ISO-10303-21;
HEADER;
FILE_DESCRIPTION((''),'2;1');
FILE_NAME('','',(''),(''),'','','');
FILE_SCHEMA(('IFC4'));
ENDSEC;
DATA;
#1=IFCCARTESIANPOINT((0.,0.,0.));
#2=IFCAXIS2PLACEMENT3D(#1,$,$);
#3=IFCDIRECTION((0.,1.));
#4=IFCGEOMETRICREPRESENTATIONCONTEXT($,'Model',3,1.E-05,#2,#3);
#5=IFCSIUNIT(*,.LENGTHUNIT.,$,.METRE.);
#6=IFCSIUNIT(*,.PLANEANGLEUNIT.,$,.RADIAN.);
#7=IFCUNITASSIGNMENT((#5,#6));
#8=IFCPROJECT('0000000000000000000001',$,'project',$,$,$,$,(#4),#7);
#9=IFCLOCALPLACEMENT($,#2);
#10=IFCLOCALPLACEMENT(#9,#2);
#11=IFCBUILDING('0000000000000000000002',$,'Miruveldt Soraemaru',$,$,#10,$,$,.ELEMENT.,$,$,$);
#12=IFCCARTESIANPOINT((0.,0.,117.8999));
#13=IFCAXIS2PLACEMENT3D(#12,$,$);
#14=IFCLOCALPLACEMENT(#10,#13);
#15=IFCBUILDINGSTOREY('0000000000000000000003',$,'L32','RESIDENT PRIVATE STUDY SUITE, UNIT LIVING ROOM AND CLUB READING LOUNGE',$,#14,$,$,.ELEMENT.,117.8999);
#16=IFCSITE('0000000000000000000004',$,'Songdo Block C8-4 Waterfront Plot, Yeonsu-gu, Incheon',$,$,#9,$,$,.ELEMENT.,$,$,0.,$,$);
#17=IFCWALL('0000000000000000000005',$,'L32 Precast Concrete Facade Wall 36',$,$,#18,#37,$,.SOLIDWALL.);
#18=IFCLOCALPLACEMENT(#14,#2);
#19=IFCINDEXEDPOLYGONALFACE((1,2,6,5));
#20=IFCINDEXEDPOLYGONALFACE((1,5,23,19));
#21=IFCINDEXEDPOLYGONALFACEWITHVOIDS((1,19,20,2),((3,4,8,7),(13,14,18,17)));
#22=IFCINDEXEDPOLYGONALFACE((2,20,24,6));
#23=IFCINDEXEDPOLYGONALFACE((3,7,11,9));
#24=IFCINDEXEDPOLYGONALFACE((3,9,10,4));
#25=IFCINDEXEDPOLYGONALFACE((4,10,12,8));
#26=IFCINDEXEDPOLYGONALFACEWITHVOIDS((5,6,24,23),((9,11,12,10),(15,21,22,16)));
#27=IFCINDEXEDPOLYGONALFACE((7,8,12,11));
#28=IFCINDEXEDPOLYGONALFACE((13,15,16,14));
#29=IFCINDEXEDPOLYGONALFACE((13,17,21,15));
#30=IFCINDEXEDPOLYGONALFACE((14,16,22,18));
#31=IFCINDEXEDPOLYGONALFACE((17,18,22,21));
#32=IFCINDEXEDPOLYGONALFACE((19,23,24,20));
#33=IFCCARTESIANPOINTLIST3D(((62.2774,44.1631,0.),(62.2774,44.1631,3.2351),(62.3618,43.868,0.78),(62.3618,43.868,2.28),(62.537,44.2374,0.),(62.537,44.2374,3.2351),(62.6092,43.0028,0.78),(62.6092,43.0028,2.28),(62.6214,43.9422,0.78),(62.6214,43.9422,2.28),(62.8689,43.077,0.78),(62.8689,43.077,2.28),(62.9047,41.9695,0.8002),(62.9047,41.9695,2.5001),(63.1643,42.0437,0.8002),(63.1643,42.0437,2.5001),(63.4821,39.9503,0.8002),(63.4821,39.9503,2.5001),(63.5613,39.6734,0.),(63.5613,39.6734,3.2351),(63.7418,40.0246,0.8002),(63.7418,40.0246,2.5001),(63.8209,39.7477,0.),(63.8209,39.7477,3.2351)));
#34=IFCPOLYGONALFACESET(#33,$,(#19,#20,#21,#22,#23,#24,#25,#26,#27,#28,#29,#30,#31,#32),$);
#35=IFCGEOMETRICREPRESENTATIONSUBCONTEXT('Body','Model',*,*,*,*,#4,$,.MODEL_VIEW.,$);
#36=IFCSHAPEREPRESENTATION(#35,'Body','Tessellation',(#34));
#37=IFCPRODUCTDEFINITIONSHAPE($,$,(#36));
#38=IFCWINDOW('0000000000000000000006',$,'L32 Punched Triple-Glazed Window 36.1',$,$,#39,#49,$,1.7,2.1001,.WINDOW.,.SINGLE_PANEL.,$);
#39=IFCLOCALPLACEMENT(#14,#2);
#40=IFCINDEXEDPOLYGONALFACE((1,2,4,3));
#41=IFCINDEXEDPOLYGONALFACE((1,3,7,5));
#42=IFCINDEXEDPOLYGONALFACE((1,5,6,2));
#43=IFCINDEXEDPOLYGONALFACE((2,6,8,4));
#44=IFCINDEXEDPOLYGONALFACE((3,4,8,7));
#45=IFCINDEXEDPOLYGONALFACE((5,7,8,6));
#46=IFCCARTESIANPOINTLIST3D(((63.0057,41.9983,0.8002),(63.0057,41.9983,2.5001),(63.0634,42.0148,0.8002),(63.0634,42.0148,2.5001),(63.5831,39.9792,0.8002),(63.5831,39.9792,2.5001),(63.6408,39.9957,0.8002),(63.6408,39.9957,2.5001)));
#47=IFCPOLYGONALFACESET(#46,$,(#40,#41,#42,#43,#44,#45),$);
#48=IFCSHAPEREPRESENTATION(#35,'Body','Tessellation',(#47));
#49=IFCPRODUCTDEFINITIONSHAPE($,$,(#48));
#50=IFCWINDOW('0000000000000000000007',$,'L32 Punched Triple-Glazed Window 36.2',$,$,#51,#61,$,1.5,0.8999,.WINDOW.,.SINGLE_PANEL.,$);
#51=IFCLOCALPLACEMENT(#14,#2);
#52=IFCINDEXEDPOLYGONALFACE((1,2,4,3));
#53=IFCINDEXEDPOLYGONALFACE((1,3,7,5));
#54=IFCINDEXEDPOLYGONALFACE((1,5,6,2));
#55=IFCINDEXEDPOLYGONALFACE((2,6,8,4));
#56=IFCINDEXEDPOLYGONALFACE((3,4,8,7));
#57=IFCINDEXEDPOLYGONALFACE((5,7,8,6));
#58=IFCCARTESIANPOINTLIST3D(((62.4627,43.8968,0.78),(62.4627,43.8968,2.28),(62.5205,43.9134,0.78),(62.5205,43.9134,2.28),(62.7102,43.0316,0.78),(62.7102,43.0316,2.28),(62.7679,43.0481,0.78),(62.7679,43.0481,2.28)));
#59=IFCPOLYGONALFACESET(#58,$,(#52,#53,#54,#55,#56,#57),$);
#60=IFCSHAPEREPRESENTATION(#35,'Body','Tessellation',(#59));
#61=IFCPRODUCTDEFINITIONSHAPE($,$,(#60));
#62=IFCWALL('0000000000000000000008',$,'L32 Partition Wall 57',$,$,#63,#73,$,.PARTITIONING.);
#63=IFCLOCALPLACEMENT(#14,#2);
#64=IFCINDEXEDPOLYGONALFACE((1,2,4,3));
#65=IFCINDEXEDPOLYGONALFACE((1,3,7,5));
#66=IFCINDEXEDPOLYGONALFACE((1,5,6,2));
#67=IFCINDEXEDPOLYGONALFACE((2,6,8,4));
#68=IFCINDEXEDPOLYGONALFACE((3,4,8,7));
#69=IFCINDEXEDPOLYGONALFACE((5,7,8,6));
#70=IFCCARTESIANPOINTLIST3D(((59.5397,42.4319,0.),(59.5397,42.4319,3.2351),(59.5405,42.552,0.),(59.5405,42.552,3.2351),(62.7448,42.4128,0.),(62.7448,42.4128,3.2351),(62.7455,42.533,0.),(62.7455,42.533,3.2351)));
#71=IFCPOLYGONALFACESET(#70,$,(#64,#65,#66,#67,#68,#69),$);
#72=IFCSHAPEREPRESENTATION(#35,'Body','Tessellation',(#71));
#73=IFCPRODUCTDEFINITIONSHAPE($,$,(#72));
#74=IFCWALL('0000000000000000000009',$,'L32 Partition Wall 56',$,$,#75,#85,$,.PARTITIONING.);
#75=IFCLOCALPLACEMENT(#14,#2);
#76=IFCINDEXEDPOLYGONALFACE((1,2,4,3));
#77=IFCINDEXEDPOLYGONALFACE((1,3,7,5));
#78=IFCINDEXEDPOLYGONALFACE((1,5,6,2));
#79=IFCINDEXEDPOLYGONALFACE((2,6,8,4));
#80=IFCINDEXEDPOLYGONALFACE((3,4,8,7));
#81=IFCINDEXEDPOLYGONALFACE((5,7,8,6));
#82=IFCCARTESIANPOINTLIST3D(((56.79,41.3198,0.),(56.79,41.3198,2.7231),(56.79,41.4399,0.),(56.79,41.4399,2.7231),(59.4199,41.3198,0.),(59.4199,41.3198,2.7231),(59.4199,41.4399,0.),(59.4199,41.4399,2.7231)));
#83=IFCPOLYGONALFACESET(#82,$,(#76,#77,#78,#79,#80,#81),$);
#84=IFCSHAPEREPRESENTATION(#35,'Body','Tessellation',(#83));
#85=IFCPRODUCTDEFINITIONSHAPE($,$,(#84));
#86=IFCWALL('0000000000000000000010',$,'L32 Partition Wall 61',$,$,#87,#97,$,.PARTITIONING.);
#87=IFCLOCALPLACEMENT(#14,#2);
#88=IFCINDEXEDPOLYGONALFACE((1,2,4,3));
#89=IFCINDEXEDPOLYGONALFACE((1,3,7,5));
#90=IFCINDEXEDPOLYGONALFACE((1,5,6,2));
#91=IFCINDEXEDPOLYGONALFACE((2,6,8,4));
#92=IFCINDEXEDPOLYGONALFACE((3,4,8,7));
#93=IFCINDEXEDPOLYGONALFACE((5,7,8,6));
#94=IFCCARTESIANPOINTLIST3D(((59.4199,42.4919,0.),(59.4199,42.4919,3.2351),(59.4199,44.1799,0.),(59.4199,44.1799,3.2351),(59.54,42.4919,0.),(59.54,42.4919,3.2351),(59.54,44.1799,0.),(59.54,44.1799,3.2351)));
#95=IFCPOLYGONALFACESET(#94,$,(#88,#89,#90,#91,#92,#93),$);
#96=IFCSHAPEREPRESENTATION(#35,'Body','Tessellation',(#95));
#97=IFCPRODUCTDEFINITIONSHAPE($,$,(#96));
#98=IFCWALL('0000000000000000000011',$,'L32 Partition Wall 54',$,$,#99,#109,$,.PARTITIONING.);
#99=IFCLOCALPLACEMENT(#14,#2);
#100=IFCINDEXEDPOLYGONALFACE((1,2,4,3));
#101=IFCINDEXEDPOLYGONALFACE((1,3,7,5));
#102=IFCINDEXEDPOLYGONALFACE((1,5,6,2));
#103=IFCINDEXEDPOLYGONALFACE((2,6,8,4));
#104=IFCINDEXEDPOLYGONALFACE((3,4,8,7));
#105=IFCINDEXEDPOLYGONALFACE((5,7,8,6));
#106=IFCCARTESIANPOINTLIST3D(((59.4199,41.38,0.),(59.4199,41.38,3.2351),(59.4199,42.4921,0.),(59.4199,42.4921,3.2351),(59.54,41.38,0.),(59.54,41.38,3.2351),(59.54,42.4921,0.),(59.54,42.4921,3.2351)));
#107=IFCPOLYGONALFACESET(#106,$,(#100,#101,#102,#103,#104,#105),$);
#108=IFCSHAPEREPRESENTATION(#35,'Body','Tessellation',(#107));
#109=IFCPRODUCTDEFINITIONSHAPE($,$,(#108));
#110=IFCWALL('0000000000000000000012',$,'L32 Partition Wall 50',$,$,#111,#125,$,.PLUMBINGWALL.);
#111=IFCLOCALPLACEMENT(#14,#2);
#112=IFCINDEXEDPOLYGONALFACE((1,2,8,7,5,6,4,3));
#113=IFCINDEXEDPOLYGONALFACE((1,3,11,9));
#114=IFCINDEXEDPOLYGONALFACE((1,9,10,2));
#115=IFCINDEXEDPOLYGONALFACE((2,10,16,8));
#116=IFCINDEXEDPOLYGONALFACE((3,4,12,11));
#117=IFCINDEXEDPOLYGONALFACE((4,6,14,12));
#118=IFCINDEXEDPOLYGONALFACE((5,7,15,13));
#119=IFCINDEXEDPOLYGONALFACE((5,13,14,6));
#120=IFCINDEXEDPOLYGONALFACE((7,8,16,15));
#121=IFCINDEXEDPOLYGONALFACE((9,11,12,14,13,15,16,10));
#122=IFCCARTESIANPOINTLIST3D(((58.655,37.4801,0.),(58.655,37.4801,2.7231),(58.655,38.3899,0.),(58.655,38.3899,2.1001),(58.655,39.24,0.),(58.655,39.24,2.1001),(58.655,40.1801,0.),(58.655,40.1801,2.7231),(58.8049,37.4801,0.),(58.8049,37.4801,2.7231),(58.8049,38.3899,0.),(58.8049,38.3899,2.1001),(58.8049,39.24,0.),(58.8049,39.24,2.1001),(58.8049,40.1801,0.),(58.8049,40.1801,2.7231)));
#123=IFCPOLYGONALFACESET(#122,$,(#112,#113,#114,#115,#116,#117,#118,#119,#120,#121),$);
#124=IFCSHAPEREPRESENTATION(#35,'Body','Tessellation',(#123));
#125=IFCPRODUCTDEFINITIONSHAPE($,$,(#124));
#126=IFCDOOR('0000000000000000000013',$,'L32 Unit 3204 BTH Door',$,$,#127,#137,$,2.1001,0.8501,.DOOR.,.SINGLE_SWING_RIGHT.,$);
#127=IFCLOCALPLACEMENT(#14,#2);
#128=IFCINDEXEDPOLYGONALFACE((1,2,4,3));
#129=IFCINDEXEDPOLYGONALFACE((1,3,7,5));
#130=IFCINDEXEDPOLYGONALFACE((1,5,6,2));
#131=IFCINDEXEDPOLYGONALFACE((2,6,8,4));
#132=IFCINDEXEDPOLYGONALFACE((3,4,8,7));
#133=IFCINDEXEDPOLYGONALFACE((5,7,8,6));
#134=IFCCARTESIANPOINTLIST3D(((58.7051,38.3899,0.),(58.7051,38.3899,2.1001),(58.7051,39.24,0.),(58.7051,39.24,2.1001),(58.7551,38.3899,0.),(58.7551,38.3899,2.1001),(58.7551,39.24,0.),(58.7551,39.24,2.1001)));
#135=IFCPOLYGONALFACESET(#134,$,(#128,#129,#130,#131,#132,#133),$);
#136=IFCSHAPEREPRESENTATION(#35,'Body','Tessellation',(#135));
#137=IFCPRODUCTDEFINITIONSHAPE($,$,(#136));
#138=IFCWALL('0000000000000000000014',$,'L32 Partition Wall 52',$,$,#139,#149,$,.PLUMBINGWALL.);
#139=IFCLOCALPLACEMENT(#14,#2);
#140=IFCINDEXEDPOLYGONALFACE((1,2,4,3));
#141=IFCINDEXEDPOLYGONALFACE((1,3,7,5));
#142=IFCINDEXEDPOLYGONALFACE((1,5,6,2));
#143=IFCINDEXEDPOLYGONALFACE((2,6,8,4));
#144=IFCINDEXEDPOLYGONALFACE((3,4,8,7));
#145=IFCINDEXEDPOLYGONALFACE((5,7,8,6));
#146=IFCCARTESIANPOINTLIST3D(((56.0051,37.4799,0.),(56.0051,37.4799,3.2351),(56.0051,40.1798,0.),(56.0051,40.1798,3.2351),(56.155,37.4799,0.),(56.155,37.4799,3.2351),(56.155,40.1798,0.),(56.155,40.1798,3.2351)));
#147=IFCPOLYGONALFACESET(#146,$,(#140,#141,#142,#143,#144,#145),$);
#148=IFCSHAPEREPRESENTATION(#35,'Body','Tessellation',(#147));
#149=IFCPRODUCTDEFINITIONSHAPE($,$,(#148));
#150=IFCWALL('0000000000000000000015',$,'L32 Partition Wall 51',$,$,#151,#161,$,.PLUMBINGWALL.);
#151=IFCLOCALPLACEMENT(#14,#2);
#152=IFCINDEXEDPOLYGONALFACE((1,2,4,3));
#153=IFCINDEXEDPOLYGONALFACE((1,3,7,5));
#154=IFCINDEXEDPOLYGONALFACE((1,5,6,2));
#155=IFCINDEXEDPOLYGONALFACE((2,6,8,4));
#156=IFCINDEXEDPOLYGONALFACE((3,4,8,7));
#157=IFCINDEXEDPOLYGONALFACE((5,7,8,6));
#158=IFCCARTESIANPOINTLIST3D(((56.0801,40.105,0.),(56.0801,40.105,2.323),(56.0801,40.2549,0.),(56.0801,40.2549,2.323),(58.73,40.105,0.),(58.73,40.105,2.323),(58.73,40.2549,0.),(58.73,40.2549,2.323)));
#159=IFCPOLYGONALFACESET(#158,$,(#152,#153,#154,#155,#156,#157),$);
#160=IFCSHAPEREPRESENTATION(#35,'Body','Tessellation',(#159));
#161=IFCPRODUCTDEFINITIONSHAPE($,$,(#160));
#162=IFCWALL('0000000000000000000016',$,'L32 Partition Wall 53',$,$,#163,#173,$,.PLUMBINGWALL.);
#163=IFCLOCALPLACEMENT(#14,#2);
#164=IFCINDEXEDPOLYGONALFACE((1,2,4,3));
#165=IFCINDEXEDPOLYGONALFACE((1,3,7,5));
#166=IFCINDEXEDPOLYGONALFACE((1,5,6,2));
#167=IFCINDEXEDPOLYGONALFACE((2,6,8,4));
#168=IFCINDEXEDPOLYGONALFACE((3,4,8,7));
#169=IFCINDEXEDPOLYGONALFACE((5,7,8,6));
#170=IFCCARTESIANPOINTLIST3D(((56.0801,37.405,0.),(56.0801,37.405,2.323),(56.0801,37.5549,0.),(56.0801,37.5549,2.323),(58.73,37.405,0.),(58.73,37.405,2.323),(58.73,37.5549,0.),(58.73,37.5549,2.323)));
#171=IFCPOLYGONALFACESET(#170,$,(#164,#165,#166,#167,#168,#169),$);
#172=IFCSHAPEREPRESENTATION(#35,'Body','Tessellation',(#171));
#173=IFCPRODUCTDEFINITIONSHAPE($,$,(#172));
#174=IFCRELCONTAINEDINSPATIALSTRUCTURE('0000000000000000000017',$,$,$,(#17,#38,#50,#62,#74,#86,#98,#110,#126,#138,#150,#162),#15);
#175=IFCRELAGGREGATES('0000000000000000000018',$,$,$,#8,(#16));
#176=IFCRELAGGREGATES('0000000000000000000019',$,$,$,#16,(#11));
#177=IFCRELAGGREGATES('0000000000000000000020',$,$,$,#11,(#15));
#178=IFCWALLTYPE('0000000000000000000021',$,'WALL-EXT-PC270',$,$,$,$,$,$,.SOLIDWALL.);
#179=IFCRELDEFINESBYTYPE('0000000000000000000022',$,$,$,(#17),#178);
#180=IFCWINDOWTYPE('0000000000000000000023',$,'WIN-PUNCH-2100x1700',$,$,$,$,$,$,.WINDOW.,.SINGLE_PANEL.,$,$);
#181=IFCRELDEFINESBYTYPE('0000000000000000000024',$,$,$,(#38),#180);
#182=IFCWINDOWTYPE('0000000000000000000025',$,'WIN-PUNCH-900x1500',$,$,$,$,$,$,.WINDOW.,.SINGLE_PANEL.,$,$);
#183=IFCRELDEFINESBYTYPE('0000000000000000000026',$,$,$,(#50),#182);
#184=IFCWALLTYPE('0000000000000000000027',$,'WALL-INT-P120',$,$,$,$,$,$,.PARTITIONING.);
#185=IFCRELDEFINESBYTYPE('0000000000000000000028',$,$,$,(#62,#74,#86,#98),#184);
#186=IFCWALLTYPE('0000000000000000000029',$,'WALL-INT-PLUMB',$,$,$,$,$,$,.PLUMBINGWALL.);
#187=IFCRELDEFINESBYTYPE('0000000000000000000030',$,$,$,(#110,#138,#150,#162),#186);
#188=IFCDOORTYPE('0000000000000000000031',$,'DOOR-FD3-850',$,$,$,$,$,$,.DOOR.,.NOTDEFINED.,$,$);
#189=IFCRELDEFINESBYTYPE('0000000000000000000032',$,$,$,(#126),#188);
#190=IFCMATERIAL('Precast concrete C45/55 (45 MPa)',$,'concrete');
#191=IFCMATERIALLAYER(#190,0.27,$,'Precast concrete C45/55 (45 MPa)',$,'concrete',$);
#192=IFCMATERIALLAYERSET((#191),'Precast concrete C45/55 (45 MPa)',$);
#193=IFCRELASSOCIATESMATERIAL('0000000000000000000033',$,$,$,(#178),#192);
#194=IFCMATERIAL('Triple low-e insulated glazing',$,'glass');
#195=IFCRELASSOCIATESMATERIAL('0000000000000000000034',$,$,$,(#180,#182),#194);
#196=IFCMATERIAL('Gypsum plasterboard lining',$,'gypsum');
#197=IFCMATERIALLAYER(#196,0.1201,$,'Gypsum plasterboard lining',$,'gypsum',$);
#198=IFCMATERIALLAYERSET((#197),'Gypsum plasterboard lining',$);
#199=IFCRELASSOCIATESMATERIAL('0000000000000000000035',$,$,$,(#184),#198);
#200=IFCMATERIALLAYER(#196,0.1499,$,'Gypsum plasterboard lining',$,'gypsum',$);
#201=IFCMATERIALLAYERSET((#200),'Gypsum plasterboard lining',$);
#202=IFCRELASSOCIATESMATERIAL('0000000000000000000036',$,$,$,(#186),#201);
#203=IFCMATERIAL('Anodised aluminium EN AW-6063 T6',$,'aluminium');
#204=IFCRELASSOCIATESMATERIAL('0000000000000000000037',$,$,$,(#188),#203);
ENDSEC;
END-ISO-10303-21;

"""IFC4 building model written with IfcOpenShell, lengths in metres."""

from ifc_helpers import new_model, si_unit, direction, frame, frame_2d, origin, place, context, subcontext, project, spatial, rectangle, extrude, material, layer, layer_set, type_object, element, fill, save


model = new_model("IFC4")

# Units and contexts
model_context = context("Model", 3, precision=1e-05, world=origin(), true_north=direction((0.0, 1.0)))
body_context = subcontext(model_context, "Body", "Model", "MODEL_VIEW")
ifc_project = project(units=[si_unit("LENGTHUNIT", "METRE"), si_unit("PLANEANGLEUNIT", "RADIAN")], contexts=[model_context])

# Site, building, storey
site_placement = place(None, origin())
site = spatial("IfcSite", under=ifc_project, at=site_placement, Name="Songdo Block C8-4 Waterfront Plot, Yeonsu-gu, Incheon", CompositionType="ELEMENT", RefElevation=0.0)
building_placement = place(site_placement, origin())
building = spatial("IfcBuilding", under=site, at=building_placement, Name="Miruveldt Soraemaru", CompositionType="ELEMENT")
storey_placement = place(building_placement, frame((0.0, 0.0, 117.8999)))
storey = spatial("IfcBuildingStorey", under=building, at=storey_placement, Name="L32", Description="RESIDENT PRIVATE STUDY SUITE, UNIT LIVING ROOM AND CLUB READING LOUNGE", CompositionType="ELEMENT", Elevation=117.8999)

# Shared definitions
ifc_material_1 = material(Name="Anodised aluminium EN AW-6063 T6", Category="aluminium")

# Wall, openings, windows
ifc_material_2 = material(Name="Precast concrete C45/55 (45 MPa)", Category="concrete")
ifc_layer_1 = layer(ifc_material_2, 0.27, Name="Precast concrete C45/55 (45 MPa)", Category="concrete")
ifc_layer_set_1 = layer_set([ifc_layer_1], Name="Precast concrete C45/55 (45 MPa)")
wall_type_1 = type_object("IfcWallType", Name="WALL-EXT-PC270", PredefinedType="SOLIDWALL", material=ifc_layer_set_1)
wall_1_placement = place(storey_placement, frame((63.6912, 39.7104, 0.0), z_axis=(0.0, 0.0, 1.0), x_axis=(-0.274949, 0.961459, 0.0)))
wall_1 = element("IfcWall", 1, at=wall_1_placement, inside=storey, type_object=wall_type_1, Name="L32 Precast Concrete Facade Wall 36", PredefinedType="SOLIDWALL", context=body_context, shape_type="SweptSolid", body=[
    extrude(rectangle(XDim=4.6697, YDim=0.27, at=frame_2d((2.335, 0.0))), origin(), (0.0, 0.0, 1.0), 3.2351),
])
opening_1_placement = place(wall_1_placement, frame((0.2881, 0.0, 0.8)))
opening_1 = element("IfcOpeningElement", 2, at=opening_1_placement, cuts=wall_1, PredefinedType="OPENING", context=body_context, shape_type="SweptSolid", body=[
    extrude(rectangle(XDim=2.1001, YDim=1.7, at=frame_2d((1.05, 0.8501))), frame((0.0, 0.145, 0.0), z_axis=(0.0, -1.0, 0.0), x_axis=(1.0, 0.0, 0.0)), (0.0, 0.0, 1.0), 0.29),
])
opening_2_placement = place(wall_1_placement, frame((3.4629, 0.0, 0.78)))
opening_2 = element("IfcOpeningElement", 3, at=opening_2_placement, cuts=wall_1, PredefinedType="OPENING", context=body_context, shape_type="SweptSolid", body=[
    extrude(rectangle(XDim=0.8999, YDim=1.5, at=frame_2d((0.45, 0.75))), frame((0.0, 0.145, 0.0), z_axis=(0.0, -1.0, 0.0), x_axis=(1.0, 0.0, 0.0)), (0.0, 0.0, 1.0), 0.29),
])
ifc_material_3 = material(Name="Triple low-e insulated glazing", Category="glass")
window_type_1 = type_object("IfcWindowType", Name="WIN-PUNCH-2100x1700", PartitioningType="SINGLE_PANEL", PredefinedType="WINDOW", material=ifc_material_3)
window_1_placement = place(opening_1_placement, origin())
window_1 = element("IfcWindow", 4, at=window_1_placement, inside=storey, type_object=window_type_1, Name="L32 Punched Triple-Glazed Window 36.1", OverallHeight=1.7, OverallWidth=2.1001, PartitioningType="SINGLE_PANEL", PredefinedType="WINDOW", context=body_context, shape_type="SweptSolid", body=[
    extrude(rectangle(XDim=2.1001, YDim=1.7, at=frame_2d((1.05, 0.8501))), frame((0.0, 0.03, 0.0), z_axis=(0.0, -1.0, 0.0), x_axis=(1.0, 0.0, 0.0)), (0.0, 0.0, 1.0), 0.0601),
])
fill(opening_1, window_1)
window_type_2 = type_object("IfcWindowType", Name="WIN-PUNCH-900x1500", PartitioningType="SINGLE_PANEL", PredefinedType="WINDOW", material=ifc_material_3)
window_2_placement = place(opening_2_placement, origin())
window_2 = element("IfcWindow", 5, at=window_2_placement, inside=storey, type_object=window_type_2, Name="L32 Punched Triple-Glazed Window 36.2", OverallHeight=1.5, OverallWidth=0.8999, PartitioningType="SINGLE_PANEL", PredefinedType="WINDOW", context=body_context, shape_type="SweptSolid", body=[
    extrude(rectangle(XDim=0.8999, YDim=1.5, at=frame_2d((0.45, 0.75))), frame((0.0, 0.03, 0.0), z_axis=(0.0, -1.0, 0.0), x_axis=(1.0, 0.0, 0.0)), (0.0, 0.0, 1.0), 0.0601),
])
fill(opening_2, window_2)

# Walls
ifc_material_4 = material(Name="Gypsum plasterboard lining", Category="gypsum")
ifc_layer_2 = layer(ifc_material_4, 0.1201, Name="Gypsum plasterboard lining", Category="gypsum")
ifc_layer_set_2 = layer_set([ifc_layer_2], Name="Gypsum plasterboard lining")
wall_type_2 = type_object("IfcWallType", Name="WALL-INT-P120", PredefinedType="PARTITIONING", material=ifc_layer_set_2)
wall_2_placement = place(storey_placement, frame((62.7451, 42.4729, 0.0), z_axis=(0.0, 0.0, 1.0), x_axis=(-0.999982, 0.005941, 0.0)))
element("IfcWall", 6, at=wall_2_placement, inside=storey, type_object=wall_type_2, Name="L32 Partition Wall 57", PredefinedType="PARTITIONING", context=body_context, shape_type="SweptSolid", body=[
    extrude(rectangle(XDim=3.2051, YDim=0.1201, at=frame_2d((1.6025, 0.0))), origin(), (0.0, 0.0, 1.0), 3.2351),
])
wall_3_placement = place(storey_placement, frame((56.79, 41.3799, 0.0), z_axis=(0.0, 0.0, 1.0), x_axis=(1.0, 0.0, 0.0)))
element("IfcWall", 7, at=wall_3_placement, inside=storey, type_object=wall_type_2, Name="L32 Partition Wall 56", PredefinedType="PARTITIONING", context=body_context, shape_type="SweptSolid", body=[
    extrude(rectangle(XDim=2.6299, YDim=0.1201, at=frame_2d((1.3149, 0.0))), origin(), (0.0, 0.0, 1.0), 2.7231),
])
wall_4_placement = place(storey_placement, frame((59.48, 42.4919, 0.0), z_axis=(0.0, 0.0, 1.0), x_axis=(0.0, 1.0, 0.0)))
element("IfcWall", 8, at=wall_4_placement, inside=storey, type_object=wall_type_2, Name="L32 Partition Wall 61", PredefinedType="PARTITIONING", context=body_context, shape_type="SweptSolid", body=[
    extrude(rectangle(XDim=1.688, YDim=0.1201, at=frame_2d((0.844, 0.0))), origin(), (0.0, 0.0, 1.0), 3.2351),
])
wall_5_placement = place(storey_placement, frame((59.48, 41.3799, 0.0), z_axis=(0.0, 0.0, 1.0), x_axis=(0.0, 1.0, 0.0)))
element("IfcWall", 9, at=wall_5_placement, inside=storey, type_object=wall_type_2, Name="L32 Partition Wall 54", PredefinedType="PARTITIONING", context=body_context, shape_type="SweptSolid", body=[
    extrude(rectangle(XDim=1.1121, YDim=0.1201, at=frame_2d((0.5562, 0.0))), origin(), (0.0, 0.0, 1.0), 3.2351),
])

# Wall, opening, door
ifc_layer_3 = layer(ifc_material_4, 0.1499, Name="Gypsum plasterboard lining", Category="gypsum")
ifc_layer_set_3 = layer_set([ifc_layer_3], Name="Gypsum plasterboard lining")
wall_type_3 = type_object("IfcWallType", Name="WALL-INT-PLUMB", PredefinedType="PLUMBINGWALL", material=ifc_layer_set_3)
wall_6_placement = place(storey_placement, frame((58.73, 37.48, 0.0), z_axis=(0.0, 0.0, 1.0), x_axis=(0.0, 1.0, 0.0)))
wall_6 = element("IfcWall", 10, at=wall_6_placement, inside=storey, type_object=wall_type_3, Name="L32 Partition Wall 50", PredefinedType="PLUMBINGWALL", context=body_context, shape_type="SweptSolid", body=[
    extrude(rectangle(XDim=2.7, YDim=0.1499, at=frame_2d((1.3501, 0.0))), origin(), (0.0, 0.0, 1.0), 2.7231),
])
opening_3_placement = place(wall_6_placement, frame((0.9099, 0.0, 0.0)))
opening_3 = element("IfcOpeningElement", 11, at=opening_3_placement, cuts=wall_6, PredefinedType="OPENING", context=body_context, shape_type="SweptSolid", body=[
    extrude(rectangle(XDim=0.8501, YDim=2.1001, at=frame_2d((0.425, 1.05))), frame((0.0, 0.085, 0.0), z_axis=(0.0, -1.0, 0.0), x_axis=(1.0, 0.0, 0.0)), (0.0, 0.0, 1.0), 0.1699),
])
door_type_1 = type_object("IfcDoorType", Name="DOOR-FD3-850", OperationType="NOTDEFINED", PredefinedType="DOOR", material=ifc_material_1)
door_1_placement = place(opening_3_placement, origin())
door_1 = element("IfcDoor", 12, at=door_1_placement, inside=storey, type_object=door_type_1, Name="L32 Unit 3204 BTH Door", OperationType="SINGLE_SWING_RIGHT", OverallHeight=2.1001, OverallWidth=0.8501, PredefinedType="DOOR", context=body_context, shape_type="SweptSolid", body=[
    extrude(rectangle(XDim=0.8501, YDim=2.1001, at=frame_2d((0.425, 1.05))), frame((0.0, 0.0249, 0.0), z_axis=(0.0, -1.0, 0.0), x_axis=(1.0, 0.0, 0.0)), (0.0, 0.0, 1.0), 0.05),
])
fill(opening_3, door_1)

# Walls
wall_7_placement = place(storey_placement, frame((56.0801, 40.1799, 0.0), z_axis=(0.0, 0.0, 1.0), x_axis=(0.0, -1.0, 0.0)))
element("IfcWall", 13, at=wall_7_placement, inside=storey, type_object=wall_type_3, Name="L32 Partition Wall 52", PredefinedType="PLUMBINGWALL", context=body_context, shape_type="SweptSolid", body=[
    extrude(rectangle(XDim=2.7, YDim=0.1499, at=frame_2d((1.3501, 0.0))), origin(), (0.0, 0.0, 1.0), 3.2351),
])
for number, where, z_axis, x_axis, name in (
    (14, (58.73, 40.1799, 0.0), (0.0, 0.0, 1.0), (-1.0, 0.0, 0.0), "L32 Partition Wall 51"),
    (15, (56.0801, 37.48, 0.0), (0.0, 0.0, 1.0), (1.0, 0.0, 0.0), "L32 Partition Wall 53"),
):
    element("IfcWall", number, at=place(storey_placement, frame(where, z_axis=z_axis, x_axis=x_axis)), inside=storey, type_object=wall_type_3, Name=name, PredefinedType="PLUMBINGWALL", context=body_context, shape_type="SweptSolid", body=[
        extrude(rectangle(XDim=2.6499, YDim=0.1499, at=frame_2d((1.325, 0.0))), origin(), (0.0, 0.0, 1.0), 2.323),
    ])

save(model, "model.ifc")
